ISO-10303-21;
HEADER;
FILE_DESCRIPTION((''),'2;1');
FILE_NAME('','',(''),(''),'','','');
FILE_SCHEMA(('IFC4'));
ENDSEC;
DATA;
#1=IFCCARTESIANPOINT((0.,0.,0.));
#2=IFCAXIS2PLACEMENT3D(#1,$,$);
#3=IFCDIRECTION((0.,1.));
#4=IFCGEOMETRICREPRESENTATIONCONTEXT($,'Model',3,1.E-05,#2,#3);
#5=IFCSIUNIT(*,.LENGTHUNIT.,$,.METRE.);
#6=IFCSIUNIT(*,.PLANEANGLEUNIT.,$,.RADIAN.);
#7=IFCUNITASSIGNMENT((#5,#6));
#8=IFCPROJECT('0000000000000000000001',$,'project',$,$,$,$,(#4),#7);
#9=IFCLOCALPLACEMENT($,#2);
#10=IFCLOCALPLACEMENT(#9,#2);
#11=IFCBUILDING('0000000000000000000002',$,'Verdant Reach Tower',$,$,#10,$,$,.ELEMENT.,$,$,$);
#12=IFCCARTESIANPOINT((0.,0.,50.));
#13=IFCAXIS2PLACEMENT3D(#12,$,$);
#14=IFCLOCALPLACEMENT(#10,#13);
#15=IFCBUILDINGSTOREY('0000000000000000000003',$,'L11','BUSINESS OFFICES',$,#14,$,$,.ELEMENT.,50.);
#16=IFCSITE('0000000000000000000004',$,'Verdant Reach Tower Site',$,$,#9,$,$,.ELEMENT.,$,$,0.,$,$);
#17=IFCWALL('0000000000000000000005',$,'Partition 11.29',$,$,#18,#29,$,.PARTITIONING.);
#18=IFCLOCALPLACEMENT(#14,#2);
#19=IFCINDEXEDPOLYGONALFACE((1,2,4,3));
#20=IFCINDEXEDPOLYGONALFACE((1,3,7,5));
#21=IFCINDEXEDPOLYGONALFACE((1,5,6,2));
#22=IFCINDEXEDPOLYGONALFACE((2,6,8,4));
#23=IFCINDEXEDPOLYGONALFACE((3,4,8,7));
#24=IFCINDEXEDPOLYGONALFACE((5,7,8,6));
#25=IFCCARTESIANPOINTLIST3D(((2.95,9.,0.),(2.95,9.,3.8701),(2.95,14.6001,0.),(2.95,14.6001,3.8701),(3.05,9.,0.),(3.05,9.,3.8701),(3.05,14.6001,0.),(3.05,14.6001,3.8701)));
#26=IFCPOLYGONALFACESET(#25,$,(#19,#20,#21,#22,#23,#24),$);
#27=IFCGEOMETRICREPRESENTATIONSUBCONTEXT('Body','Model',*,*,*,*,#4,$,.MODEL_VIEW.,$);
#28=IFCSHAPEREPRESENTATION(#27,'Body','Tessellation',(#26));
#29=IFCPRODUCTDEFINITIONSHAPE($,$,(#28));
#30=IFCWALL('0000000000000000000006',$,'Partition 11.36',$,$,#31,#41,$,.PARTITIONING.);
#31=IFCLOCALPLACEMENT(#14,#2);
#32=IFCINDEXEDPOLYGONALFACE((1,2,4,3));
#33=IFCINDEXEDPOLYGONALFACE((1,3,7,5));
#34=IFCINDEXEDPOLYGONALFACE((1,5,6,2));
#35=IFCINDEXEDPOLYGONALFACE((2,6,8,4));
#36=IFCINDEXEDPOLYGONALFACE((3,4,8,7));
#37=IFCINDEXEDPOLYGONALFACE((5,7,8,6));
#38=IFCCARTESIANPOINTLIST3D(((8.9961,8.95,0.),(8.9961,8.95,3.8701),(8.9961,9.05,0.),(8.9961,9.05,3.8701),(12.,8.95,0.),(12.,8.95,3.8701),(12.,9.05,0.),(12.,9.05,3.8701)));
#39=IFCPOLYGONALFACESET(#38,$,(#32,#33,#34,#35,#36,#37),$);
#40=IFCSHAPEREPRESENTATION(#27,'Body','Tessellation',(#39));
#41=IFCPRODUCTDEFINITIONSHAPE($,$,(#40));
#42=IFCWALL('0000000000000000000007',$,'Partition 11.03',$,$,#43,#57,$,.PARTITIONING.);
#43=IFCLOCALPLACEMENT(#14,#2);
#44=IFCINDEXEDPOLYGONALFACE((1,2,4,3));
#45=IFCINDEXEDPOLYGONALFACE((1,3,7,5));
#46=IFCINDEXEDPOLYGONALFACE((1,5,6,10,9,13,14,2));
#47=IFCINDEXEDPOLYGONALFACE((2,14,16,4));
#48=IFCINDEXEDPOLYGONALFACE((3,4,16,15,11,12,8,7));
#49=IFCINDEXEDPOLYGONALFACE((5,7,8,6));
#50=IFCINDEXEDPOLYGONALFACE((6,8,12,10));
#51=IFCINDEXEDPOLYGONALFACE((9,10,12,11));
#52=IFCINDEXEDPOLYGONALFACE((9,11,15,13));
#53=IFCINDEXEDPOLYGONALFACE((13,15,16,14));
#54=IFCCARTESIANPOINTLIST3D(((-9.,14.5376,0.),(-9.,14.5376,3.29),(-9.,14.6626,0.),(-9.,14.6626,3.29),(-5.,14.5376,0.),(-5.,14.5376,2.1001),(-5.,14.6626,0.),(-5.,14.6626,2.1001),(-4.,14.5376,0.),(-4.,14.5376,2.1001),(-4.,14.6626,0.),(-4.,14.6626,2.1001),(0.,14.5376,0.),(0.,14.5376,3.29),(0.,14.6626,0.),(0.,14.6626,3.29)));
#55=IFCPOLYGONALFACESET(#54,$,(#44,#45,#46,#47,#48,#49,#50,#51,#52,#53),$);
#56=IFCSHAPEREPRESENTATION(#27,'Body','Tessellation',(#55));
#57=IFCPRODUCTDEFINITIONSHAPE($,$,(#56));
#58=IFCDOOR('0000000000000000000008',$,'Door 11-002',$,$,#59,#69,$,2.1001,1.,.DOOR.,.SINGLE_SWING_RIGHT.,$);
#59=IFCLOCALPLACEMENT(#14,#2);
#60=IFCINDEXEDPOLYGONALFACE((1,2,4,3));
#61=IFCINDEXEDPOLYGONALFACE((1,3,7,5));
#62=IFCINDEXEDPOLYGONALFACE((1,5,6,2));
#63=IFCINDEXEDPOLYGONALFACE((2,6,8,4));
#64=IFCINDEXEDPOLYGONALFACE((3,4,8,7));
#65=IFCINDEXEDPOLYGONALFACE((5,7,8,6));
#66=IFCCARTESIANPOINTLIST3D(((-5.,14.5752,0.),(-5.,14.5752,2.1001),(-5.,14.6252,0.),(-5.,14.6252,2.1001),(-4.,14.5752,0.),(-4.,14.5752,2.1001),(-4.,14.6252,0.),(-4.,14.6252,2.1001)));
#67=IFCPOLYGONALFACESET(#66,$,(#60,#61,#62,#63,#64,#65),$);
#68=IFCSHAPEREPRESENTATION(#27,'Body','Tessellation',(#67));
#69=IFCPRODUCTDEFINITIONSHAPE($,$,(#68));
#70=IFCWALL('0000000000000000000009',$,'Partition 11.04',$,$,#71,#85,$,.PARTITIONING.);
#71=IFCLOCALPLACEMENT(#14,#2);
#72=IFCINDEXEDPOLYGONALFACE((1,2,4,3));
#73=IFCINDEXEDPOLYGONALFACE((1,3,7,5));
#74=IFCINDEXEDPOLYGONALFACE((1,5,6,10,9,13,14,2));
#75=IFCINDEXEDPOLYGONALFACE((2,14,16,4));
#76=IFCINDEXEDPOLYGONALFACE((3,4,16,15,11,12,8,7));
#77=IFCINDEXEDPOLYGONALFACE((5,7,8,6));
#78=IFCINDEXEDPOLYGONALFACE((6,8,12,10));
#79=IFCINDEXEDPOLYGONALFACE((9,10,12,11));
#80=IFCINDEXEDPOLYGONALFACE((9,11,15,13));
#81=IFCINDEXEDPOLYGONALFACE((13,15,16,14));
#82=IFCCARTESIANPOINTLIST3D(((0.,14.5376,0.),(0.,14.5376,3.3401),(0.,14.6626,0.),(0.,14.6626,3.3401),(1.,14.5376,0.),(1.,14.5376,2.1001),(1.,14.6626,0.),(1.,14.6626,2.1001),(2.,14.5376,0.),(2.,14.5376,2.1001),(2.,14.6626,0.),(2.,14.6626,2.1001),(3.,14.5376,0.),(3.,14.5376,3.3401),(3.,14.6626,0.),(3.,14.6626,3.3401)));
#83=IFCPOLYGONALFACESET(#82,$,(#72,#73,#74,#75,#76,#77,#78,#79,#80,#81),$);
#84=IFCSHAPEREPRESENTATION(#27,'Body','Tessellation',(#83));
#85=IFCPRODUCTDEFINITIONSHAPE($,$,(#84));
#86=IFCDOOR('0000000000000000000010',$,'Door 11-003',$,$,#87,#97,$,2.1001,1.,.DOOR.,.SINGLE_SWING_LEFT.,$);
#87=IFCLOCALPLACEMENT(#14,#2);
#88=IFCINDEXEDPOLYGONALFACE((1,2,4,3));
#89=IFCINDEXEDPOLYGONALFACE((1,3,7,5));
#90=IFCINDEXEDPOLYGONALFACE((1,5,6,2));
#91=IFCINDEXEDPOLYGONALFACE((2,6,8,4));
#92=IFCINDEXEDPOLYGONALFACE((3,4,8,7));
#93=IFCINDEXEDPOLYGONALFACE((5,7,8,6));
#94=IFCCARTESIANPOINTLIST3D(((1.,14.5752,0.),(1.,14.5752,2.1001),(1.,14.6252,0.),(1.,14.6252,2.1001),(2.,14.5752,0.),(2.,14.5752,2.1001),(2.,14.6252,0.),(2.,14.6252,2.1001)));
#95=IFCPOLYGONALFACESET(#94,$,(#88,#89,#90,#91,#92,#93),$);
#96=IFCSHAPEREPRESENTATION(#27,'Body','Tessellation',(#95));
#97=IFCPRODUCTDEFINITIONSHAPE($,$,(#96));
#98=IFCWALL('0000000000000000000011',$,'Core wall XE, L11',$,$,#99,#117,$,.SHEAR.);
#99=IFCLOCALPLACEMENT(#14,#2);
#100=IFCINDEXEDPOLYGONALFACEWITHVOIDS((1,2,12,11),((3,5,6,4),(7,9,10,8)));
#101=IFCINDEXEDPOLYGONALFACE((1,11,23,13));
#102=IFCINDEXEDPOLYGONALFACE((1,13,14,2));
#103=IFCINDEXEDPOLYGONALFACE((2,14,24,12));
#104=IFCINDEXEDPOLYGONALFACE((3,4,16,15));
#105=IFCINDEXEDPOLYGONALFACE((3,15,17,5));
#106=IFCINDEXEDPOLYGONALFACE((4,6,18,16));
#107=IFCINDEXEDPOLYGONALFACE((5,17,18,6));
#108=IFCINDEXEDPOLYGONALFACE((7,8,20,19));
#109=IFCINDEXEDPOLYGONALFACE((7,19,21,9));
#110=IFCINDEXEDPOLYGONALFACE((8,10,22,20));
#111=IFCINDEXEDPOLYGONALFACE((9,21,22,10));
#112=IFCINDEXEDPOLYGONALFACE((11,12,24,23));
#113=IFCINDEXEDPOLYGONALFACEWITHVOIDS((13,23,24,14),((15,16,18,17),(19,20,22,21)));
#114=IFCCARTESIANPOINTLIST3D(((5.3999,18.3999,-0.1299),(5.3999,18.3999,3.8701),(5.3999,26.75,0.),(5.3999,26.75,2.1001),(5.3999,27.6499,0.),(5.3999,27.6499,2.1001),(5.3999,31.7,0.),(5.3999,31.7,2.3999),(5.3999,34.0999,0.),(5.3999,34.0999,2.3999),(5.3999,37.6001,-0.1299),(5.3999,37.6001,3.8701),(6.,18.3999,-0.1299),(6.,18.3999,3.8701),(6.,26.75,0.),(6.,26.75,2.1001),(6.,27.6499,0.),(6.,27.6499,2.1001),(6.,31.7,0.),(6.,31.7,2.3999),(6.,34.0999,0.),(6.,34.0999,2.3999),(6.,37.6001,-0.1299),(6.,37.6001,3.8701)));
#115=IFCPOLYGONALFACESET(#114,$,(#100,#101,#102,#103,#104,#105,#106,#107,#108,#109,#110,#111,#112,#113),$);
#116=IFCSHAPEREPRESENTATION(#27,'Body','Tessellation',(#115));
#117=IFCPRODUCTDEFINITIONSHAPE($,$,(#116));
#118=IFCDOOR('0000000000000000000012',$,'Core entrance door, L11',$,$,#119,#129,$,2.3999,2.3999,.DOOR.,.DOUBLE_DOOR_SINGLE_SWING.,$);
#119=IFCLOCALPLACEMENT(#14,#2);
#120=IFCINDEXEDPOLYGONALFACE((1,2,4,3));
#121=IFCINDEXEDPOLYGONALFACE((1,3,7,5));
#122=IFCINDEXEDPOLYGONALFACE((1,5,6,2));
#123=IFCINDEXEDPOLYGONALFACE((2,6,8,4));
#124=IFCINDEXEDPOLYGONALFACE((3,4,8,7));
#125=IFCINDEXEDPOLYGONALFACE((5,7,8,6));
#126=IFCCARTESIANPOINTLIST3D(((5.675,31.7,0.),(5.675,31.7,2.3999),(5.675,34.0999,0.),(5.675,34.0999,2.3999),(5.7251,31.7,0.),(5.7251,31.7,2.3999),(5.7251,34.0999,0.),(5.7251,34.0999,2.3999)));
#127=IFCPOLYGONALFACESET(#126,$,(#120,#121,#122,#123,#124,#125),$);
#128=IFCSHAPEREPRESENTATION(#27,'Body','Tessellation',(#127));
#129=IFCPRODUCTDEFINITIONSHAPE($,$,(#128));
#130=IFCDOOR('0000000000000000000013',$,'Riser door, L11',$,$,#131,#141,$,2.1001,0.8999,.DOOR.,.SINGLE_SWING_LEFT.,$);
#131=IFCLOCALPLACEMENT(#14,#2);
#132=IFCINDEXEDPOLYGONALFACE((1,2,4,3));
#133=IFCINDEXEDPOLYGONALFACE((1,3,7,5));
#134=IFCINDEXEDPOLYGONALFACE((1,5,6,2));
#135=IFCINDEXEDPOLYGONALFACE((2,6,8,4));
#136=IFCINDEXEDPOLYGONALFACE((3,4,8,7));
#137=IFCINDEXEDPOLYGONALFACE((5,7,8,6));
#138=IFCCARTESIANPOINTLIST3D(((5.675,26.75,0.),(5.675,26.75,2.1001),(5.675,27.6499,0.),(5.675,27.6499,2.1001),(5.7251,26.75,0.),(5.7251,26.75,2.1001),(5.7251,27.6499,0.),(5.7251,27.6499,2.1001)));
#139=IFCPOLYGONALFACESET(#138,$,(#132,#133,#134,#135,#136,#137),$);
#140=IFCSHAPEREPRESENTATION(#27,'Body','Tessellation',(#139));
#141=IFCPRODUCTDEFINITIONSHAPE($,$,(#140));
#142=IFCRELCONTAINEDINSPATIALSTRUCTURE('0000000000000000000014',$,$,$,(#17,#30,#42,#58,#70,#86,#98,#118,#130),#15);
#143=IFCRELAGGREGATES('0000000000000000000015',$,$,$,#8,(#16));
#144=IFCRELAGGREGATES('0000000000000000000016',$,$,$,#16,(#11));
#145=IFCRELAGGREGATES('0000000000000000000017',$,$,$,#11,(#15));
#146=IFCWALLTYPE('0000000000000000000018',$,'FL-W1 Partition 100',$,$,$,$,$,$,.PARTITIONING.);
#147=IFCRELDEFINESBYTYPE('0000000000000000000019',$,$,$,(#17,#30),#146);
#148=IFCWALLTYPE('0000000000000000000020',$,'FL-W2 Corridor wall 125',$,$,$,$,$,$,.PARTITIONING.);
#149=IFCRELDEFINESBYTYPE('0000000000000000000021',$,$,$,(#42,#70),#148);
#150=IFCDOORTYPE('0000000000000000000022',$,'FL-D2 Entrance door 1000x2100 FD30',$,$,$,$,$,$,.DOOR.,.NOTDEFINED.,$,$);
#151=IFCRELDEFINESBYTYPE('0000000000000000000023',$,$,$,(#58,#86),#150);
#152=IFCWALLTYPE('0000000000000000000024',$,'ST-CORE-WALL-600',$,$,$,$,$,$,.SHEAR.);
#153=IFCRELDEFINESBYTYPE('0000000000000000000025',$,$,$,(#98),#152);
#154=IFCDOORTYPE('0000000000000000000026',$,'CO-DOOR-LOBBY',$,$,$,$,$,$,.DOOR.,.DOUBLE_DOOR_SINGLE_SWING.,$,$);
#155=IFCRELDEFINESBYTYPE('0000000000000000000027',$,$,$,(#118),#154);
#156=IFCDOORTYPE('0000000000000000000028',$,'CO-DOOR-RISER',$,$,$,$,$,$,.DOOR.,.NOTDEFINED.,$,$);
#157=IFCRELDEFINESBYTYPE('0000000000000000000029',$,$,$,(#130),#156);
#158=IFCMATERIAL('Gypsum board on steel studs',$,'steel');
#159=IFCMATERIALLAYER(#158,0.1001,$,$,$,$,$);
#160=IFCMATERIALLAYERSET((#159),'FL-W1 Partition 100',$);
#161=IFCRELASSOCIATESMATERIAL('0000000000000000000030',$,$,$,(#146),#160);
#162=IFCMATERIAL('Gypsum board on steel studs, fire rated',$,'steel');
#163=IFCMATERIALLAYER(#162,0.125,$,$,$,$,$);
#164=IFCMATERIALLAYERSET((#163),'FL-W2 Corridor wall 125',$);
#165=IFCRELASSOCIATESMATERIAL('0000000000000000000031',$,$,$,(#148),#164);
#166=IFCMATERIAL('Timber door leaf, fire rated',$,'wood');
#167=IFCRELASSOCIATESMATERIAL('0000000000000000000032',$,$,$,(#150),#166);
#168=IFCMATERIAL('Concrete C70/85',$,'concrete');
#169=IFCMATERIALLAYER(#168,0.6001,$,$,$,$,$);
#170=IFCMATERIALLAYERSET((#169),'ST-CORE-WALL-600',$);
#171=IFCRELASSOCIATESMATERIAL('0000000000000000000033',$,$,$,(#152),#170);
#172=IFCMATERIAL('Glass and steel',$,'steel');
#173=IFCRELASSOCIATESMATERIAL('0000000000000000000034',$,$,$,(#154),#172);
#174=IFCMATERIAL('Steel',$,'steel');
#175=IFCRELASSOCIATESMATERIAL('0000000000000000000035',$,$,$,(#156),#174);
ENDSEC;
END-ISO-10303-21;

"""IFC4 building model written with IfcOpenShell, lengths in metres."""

from ifc_helpers import new_model, si_unit, direction, frame, frame_2d, origin, place, context, subcontext, project, spatial, rectangle, extrude, material, layer, layer_set, type_object, element, fill, save


model = new_model("IFC4")

# Units and contexts
model_context = context("Model", 3, precision=1e-05, world=origin(), true_north=direction((0.0, 1.0)))
body_context = subcontext(model_context, "Body", "Model", "MODEL_VIEW")
ifc_project = project(units=[si_unit("LENGTHUNIT", "METRE"), si_unit("PLANEANGLEUNIT", "RADIAN")], contexts=[model_context])

# Site, building, storey
site_placement = place(None, origin())
site = spatial("IfcSite", under=ifc_project, at=site_placement, Name="Verdant Reach Tower Site", CompositionType="ELEMENT", RefElevation=0.0)
building_placement = place(site_placement, origin())
building = spatial("IfcBuilding", under=site, at=building_placement, Name="Verdant Reach Tower", CompositionType="ELEMENT")
storey_placement = place(building_placement, frame((0.0, 0.0, 50.0)))
storey = spatial("IfcBuildingStorey", under=building, at=storey_placement, Name="L11", Description="BUSINESS OFFICES", CompositionType="ELEMENT", Elevation=50.0)

# Shared definitions
ifc_material_1 = material(Name="Gypsum board on steel studs", Category="steel")

# Shared definitions
ifc_layer_1 = layer(ifc_material_1, 0.1001)
ifc_layer_set_1 = layer_set([ifc_layer_1], Name="FL-W1 Partition 100")
wall_type_1 = type_object("IfcWallType", Name="FL-W1 Partition 100", PredefinedType="PARTITIONING", material=ifc_layer_set_1)

# Walls
wall_1_placement = place(storey_placement, frame((3.0, 9.0, 0.0), z_axis=(0.0, 0.0, 1.0), x_axis=(0.0, 1.0, 0.0)))
element("IfcWall", 1, at=wall_1_placement, inside=storey, type_object=wall_type_1, Name="Partition 11.29", PredefinedType="PARTITIONING", context=body_context, shape_type="SweptSolid", body=[
    extrude(rectangle(XDim=5.6001, YDim=0.1001, at=frame_2d((2.8, 0.0))), origin(), (0.0, 0.0, 1.0), 3.8701),
])
wall_2_placement = place(storey_placement, frame((8.9961, 9.0, 0.0), z_axis=(0.0, 0.0, 1.0), x_axis=(1.0, 0.0, 0.0)))
element("IfcWall", 2, at=wall_2_placement, inside=storey, type_object=wall_type_1, Name="Partition 11.36", PredefinedType="PARTITIONING", context=body_context, shape_type="SweptSolid", body=[
    extrude(rectangle(XDim=3.0039, YDim=0.1001, at=frame_2d((1.502, 0.0))), origin(), (0.0, 0.0, 1.0), 3.8701),
])

# Walls, openings, doors
ifc_material_2 = material(Name="Gypsum board on steel studs, fire rated", Category="steel")
ifc_layer_2 = layer(ifc_material_2, 0.125)
ifc_layer_set_2 = layer_set([ifc_layer_2], Name="FL-W2 Corridor wall 125")
wall_type_2 = type_object("IfcWallType", Name="FL-W2 Corridor wall 125", PredefinedType="PARTITIONING", material=ifc_layer_set_2)
wall_3_placement = place(storey_placement, frame((0.0, 14.6001, 0.0), z_axis=(0.0, 0.0, 1.0), x_axis=(-1.0, 0.0, 0.0)))
wall_3 = element("IfcWall", 3, at=wall_3_placement, inside=storey, type_object=wall_type_2, Name="Partition 11.03", PredefinedType="PARTITIONING", context=body_context, shape_type="SweptSolid", body=[
    extrude(rectangle(XDim=9.0, YDim=0.125, at=frame_2d((4.5, 0.0))), origin(), (0.0, 0.0, 1.0), 3.29),
])
opening_1_placement = place(wall_3_placement, frame((4.0, 0.0, 0.0)))
opening_1 = element("IfcOpeningElement", 4, at=opening_1_placement, cuts=wall_3, PredefinedType="OPENING", context=body_context, shape_type="SweptSolid", body=[
    extrude(rectangle(XDim=1.0, YDim=2.1001, at=frame_2d((0.5, 1.05))), frame((0.0, 0.0725, 0.0), z_axis=(0.0, -1.0, 0.0), x_axis=(1.0, 0.0, 0.0)), (0.0, 0.0, 1.0), 0.145),
])
ifc_material_3 = material(Name="Timber door leaf, fire rated", Category="wood")
door_type_1 = type_object("IfcDoorType", Name="FL-D2 Entrance door 1000x2100 FD30", OperationType="NOTDEFINED", PredefinedType="DOOR", material=ifc_material_3)
door_1_placement = place(opening_1_placement, origin())
door_1 = element("IfcDoor", 5, at=door_1_placement, inside=storey, type_object=door_type_1, Name="Door 11-002", OperationType="SINGLE_SWING_RIGHT", OverallHeight=2.1001, OverallWidth=1.0, PredefinedType="DOOR", context=body_context, shape_type="SweptSolid", body=[
    extrude(rectangle(XDim=1.0, YDim=2.1001, at=frame_2d((0.5, 1.05))), frame((0.0, 0.0249, 0.0), z_axis=(0.0, -1.0, 0.0), x_axis=(1.0, 0.0, 0.0)), (0.0, 0.0, 1.0), 0.05),
])
fill(opening_1, door_1)
wall_4_placement = place(storey_placement, frame((3.0, 14.6001, 0.0), z_axis=(0.0, 0.0, 1.0), x_axis=(-1.0, 0.0, 0.0)))
wall_4 = element("IfcWall", 6, at=wall_4_placement, inside=storey, type_object=wall_type_2, Name="Partition 11.04", PredefinedType="PARTITIONING", context=body_context, shape_type="SweptSolid", body=[
    extrude(rectangle(XDim=3.0, YDim=0.125, at=frame_2d((1.5, 0.0))), origin(), (0.0, 0.0, 1.0), 3.3401),
])
opening_2_placement = place(wall_4_placement, frame((1.0, 0.0, 0.0)))
opening_2 = element("IfcOpeningElement", 7, at=opening_2_placement, cuts=wall_4, PredefinedType="OPENING", context=body_context, shape_type="SweptSolid", body=[
    extrude(rectangle(XDim=1.0, YDim=2.1001, at=frame_2d((0.5, 1.05))), frame((0.0, 0.0725, 0.0), z_axis=(0.0, -1.0, 0.0), x_axis=(1.0, 0.0, 0.0)), (0.0, 0.0, 1.0), 0.145),
])
door_2_placement = place(opening_2_placement, origin())
door_2 = element("IfcDoor", 8, at=door_2_placement, inside=storey, type_object=door_type_1, Name="Door 11-003", OperationType="SINGLE_SWING_LEFT", OverallHeight=2.1001, OverallWidth=1.0, PredefinedType="DOOR", context=body_context, shape_type="SweptSolid", body=[
    extrude(rectangle(XDim=1.0, YDim=2.1001, at=frame_2d((0.5, 1.05))), frame((0.0, 0.0249, 0.0), z_axis=(0.0, -1.0, 0.0), x_axis=(1.0, 0.0, 0.0)), (0.0, 0.0, 1.0), 0.05),
])
fill(opening_2, door_2)

# Wall, openings, doors
ifc_material_4 = material(Name="Concrete C70/85", Category="concrete")
ifc_layer_3 = layer(ifc_material_4, 0.6001)
ifc_layer_set_3 = layer_set([ifc_layer_3], Name="ST-CORE-WALL-600")
wall_type_3 = type_object("IfcWallType", Name="ST-CORE-WALL-600", PredefinedType="SHEAR", material=ifc_layer_set_3)
wall_5_placement = place(storey_placement, frame((5.7, 18.3999, -0.1299), z_axis=(0.0, 0.0, 1.0), x_axis=(0.0, 1.0, 0.0)))
wall_5 = element("IfcWall", 9, at=wall_5_placement, inside=storey, type_object=wall_type_3, Name="Core wall XE, L11", PredefinedType="SHEAR", context=body_context, shape_type="SweptSolid", body=[
    extrude(rectangle(XDim=19.2002, YDim=0.6001, at=frame_2d((9.6001, 0.0))), origin(), (0.0, 0.0, 1.0), 4.0),
])
opening_3_placement = place(wall_5_placement, frame((8.3501, 0.0, 0.1299)))
opening_3 = element("IfcOpeningElement", 10, at=opening_3_placement, cuts=wall_5, PredefinedType="OPENING", context=body_context, shape_type="SweptSolid", body=[
    extrude(rectangle(XDim=0.8999, YDim=2.1001, at=frame_2d((0.45, 1.05))), frame((0.0, 0.3101, 0.0), z_axis=(0.0, -1.0, 0.0), x_axis=(1.0, 0.0, 0.0)), (0.0, 0.0, 1.0), 0.6201),
])
opening_4_placement = place(wall_5_placement, frame((13.3, 0.0, 0.1299)))
opening_4 = element("IfcOpeningElement", 11, at=opening_4_placement, cuts=wall_5, PredefinedType="OPENING", context=body_context, shape_type="SweptSolid", body=[
    extrude(rectangle(XDim=2.3999, YDim=2.3999, at=frame_2d((1.2, 1.2))), frame((0.0, 0.3101, 0.0), z_axis=(0.0, -1.0, 0.0), x_axis=(1.0, 0.0, 0.0)), (0.0, 0.0, 1.0), 0.6201),
])
ifc_material_5 = material(Name="Glass and steel", Category="steel")
door_type_2 = type_object("IfcDoorType", Name="CO-DOOR-LOBBY", OperationType="DOUBLE_DOOR_SINGLE_SWING", PredefinedType="DOOR", material=ifc_material_5)
door_3_placement = place(opening_4_placement, origin())
door_3 = element("IfcDoor", 12, at=door_3_placement, inside=storey, type_object=door_type_2, Name="Core entrance door, L11", OperationType="DOUBLE_DOOR_SINGLE_SWING", OverallHeight=2.3999, OverallWidth=2.3999, PredefinedType="DOOR", context=body_context, shape_type="SweptSolid", body=[
    extrude(rectangle(XDim=2.3999, YDim=2.3999, at=frame_2d((1.2, 1.2))), frame((0.0, 0.0249, 0.0), z_axis=(0.0, -1.0, 0.0), x_axis=(1.0, 0.0, 0.0)), (0.0, 0.0, 1.0), 0.05),
])
fill(opening_4, door_3)
ifc_material_6 = material(Name="Steel", Category="steel")
door_type_3 = type_object("IfcDoorType", Name="CO-DOOR-RISER", OperationType="NOTDEFINED", PredefinedType="DOOR", material=ifc_material_6)
door_4_placement = place(opening_3_placement, origin())
door_4 = element("IfcDoor", 13, at=door_4_placement, inside=storey, type_object=door_type_3, Name="Riser door, L11", OperationType="SINGLE_SWING_LEFT", OverallHeight=2.1001, OverallWidth=0.8999, PredefinedType="DOOR", context=body_context, shape_type="SweptSolid", body=[
    extrude(rectangle(XDim=0.8999, YDim=2.1001, at=frame_2d((0.45, 1.05))), frame((0.0, 0.0249, 0.0), z_axis=(0.0, -1.0, 0.0), x_axis=(1.0, 0.0, 0.0)), (0.0, 0.0, 1.0), 0.05),
])
fill(opening_3, door_4)

save(model, "model.ifc")
